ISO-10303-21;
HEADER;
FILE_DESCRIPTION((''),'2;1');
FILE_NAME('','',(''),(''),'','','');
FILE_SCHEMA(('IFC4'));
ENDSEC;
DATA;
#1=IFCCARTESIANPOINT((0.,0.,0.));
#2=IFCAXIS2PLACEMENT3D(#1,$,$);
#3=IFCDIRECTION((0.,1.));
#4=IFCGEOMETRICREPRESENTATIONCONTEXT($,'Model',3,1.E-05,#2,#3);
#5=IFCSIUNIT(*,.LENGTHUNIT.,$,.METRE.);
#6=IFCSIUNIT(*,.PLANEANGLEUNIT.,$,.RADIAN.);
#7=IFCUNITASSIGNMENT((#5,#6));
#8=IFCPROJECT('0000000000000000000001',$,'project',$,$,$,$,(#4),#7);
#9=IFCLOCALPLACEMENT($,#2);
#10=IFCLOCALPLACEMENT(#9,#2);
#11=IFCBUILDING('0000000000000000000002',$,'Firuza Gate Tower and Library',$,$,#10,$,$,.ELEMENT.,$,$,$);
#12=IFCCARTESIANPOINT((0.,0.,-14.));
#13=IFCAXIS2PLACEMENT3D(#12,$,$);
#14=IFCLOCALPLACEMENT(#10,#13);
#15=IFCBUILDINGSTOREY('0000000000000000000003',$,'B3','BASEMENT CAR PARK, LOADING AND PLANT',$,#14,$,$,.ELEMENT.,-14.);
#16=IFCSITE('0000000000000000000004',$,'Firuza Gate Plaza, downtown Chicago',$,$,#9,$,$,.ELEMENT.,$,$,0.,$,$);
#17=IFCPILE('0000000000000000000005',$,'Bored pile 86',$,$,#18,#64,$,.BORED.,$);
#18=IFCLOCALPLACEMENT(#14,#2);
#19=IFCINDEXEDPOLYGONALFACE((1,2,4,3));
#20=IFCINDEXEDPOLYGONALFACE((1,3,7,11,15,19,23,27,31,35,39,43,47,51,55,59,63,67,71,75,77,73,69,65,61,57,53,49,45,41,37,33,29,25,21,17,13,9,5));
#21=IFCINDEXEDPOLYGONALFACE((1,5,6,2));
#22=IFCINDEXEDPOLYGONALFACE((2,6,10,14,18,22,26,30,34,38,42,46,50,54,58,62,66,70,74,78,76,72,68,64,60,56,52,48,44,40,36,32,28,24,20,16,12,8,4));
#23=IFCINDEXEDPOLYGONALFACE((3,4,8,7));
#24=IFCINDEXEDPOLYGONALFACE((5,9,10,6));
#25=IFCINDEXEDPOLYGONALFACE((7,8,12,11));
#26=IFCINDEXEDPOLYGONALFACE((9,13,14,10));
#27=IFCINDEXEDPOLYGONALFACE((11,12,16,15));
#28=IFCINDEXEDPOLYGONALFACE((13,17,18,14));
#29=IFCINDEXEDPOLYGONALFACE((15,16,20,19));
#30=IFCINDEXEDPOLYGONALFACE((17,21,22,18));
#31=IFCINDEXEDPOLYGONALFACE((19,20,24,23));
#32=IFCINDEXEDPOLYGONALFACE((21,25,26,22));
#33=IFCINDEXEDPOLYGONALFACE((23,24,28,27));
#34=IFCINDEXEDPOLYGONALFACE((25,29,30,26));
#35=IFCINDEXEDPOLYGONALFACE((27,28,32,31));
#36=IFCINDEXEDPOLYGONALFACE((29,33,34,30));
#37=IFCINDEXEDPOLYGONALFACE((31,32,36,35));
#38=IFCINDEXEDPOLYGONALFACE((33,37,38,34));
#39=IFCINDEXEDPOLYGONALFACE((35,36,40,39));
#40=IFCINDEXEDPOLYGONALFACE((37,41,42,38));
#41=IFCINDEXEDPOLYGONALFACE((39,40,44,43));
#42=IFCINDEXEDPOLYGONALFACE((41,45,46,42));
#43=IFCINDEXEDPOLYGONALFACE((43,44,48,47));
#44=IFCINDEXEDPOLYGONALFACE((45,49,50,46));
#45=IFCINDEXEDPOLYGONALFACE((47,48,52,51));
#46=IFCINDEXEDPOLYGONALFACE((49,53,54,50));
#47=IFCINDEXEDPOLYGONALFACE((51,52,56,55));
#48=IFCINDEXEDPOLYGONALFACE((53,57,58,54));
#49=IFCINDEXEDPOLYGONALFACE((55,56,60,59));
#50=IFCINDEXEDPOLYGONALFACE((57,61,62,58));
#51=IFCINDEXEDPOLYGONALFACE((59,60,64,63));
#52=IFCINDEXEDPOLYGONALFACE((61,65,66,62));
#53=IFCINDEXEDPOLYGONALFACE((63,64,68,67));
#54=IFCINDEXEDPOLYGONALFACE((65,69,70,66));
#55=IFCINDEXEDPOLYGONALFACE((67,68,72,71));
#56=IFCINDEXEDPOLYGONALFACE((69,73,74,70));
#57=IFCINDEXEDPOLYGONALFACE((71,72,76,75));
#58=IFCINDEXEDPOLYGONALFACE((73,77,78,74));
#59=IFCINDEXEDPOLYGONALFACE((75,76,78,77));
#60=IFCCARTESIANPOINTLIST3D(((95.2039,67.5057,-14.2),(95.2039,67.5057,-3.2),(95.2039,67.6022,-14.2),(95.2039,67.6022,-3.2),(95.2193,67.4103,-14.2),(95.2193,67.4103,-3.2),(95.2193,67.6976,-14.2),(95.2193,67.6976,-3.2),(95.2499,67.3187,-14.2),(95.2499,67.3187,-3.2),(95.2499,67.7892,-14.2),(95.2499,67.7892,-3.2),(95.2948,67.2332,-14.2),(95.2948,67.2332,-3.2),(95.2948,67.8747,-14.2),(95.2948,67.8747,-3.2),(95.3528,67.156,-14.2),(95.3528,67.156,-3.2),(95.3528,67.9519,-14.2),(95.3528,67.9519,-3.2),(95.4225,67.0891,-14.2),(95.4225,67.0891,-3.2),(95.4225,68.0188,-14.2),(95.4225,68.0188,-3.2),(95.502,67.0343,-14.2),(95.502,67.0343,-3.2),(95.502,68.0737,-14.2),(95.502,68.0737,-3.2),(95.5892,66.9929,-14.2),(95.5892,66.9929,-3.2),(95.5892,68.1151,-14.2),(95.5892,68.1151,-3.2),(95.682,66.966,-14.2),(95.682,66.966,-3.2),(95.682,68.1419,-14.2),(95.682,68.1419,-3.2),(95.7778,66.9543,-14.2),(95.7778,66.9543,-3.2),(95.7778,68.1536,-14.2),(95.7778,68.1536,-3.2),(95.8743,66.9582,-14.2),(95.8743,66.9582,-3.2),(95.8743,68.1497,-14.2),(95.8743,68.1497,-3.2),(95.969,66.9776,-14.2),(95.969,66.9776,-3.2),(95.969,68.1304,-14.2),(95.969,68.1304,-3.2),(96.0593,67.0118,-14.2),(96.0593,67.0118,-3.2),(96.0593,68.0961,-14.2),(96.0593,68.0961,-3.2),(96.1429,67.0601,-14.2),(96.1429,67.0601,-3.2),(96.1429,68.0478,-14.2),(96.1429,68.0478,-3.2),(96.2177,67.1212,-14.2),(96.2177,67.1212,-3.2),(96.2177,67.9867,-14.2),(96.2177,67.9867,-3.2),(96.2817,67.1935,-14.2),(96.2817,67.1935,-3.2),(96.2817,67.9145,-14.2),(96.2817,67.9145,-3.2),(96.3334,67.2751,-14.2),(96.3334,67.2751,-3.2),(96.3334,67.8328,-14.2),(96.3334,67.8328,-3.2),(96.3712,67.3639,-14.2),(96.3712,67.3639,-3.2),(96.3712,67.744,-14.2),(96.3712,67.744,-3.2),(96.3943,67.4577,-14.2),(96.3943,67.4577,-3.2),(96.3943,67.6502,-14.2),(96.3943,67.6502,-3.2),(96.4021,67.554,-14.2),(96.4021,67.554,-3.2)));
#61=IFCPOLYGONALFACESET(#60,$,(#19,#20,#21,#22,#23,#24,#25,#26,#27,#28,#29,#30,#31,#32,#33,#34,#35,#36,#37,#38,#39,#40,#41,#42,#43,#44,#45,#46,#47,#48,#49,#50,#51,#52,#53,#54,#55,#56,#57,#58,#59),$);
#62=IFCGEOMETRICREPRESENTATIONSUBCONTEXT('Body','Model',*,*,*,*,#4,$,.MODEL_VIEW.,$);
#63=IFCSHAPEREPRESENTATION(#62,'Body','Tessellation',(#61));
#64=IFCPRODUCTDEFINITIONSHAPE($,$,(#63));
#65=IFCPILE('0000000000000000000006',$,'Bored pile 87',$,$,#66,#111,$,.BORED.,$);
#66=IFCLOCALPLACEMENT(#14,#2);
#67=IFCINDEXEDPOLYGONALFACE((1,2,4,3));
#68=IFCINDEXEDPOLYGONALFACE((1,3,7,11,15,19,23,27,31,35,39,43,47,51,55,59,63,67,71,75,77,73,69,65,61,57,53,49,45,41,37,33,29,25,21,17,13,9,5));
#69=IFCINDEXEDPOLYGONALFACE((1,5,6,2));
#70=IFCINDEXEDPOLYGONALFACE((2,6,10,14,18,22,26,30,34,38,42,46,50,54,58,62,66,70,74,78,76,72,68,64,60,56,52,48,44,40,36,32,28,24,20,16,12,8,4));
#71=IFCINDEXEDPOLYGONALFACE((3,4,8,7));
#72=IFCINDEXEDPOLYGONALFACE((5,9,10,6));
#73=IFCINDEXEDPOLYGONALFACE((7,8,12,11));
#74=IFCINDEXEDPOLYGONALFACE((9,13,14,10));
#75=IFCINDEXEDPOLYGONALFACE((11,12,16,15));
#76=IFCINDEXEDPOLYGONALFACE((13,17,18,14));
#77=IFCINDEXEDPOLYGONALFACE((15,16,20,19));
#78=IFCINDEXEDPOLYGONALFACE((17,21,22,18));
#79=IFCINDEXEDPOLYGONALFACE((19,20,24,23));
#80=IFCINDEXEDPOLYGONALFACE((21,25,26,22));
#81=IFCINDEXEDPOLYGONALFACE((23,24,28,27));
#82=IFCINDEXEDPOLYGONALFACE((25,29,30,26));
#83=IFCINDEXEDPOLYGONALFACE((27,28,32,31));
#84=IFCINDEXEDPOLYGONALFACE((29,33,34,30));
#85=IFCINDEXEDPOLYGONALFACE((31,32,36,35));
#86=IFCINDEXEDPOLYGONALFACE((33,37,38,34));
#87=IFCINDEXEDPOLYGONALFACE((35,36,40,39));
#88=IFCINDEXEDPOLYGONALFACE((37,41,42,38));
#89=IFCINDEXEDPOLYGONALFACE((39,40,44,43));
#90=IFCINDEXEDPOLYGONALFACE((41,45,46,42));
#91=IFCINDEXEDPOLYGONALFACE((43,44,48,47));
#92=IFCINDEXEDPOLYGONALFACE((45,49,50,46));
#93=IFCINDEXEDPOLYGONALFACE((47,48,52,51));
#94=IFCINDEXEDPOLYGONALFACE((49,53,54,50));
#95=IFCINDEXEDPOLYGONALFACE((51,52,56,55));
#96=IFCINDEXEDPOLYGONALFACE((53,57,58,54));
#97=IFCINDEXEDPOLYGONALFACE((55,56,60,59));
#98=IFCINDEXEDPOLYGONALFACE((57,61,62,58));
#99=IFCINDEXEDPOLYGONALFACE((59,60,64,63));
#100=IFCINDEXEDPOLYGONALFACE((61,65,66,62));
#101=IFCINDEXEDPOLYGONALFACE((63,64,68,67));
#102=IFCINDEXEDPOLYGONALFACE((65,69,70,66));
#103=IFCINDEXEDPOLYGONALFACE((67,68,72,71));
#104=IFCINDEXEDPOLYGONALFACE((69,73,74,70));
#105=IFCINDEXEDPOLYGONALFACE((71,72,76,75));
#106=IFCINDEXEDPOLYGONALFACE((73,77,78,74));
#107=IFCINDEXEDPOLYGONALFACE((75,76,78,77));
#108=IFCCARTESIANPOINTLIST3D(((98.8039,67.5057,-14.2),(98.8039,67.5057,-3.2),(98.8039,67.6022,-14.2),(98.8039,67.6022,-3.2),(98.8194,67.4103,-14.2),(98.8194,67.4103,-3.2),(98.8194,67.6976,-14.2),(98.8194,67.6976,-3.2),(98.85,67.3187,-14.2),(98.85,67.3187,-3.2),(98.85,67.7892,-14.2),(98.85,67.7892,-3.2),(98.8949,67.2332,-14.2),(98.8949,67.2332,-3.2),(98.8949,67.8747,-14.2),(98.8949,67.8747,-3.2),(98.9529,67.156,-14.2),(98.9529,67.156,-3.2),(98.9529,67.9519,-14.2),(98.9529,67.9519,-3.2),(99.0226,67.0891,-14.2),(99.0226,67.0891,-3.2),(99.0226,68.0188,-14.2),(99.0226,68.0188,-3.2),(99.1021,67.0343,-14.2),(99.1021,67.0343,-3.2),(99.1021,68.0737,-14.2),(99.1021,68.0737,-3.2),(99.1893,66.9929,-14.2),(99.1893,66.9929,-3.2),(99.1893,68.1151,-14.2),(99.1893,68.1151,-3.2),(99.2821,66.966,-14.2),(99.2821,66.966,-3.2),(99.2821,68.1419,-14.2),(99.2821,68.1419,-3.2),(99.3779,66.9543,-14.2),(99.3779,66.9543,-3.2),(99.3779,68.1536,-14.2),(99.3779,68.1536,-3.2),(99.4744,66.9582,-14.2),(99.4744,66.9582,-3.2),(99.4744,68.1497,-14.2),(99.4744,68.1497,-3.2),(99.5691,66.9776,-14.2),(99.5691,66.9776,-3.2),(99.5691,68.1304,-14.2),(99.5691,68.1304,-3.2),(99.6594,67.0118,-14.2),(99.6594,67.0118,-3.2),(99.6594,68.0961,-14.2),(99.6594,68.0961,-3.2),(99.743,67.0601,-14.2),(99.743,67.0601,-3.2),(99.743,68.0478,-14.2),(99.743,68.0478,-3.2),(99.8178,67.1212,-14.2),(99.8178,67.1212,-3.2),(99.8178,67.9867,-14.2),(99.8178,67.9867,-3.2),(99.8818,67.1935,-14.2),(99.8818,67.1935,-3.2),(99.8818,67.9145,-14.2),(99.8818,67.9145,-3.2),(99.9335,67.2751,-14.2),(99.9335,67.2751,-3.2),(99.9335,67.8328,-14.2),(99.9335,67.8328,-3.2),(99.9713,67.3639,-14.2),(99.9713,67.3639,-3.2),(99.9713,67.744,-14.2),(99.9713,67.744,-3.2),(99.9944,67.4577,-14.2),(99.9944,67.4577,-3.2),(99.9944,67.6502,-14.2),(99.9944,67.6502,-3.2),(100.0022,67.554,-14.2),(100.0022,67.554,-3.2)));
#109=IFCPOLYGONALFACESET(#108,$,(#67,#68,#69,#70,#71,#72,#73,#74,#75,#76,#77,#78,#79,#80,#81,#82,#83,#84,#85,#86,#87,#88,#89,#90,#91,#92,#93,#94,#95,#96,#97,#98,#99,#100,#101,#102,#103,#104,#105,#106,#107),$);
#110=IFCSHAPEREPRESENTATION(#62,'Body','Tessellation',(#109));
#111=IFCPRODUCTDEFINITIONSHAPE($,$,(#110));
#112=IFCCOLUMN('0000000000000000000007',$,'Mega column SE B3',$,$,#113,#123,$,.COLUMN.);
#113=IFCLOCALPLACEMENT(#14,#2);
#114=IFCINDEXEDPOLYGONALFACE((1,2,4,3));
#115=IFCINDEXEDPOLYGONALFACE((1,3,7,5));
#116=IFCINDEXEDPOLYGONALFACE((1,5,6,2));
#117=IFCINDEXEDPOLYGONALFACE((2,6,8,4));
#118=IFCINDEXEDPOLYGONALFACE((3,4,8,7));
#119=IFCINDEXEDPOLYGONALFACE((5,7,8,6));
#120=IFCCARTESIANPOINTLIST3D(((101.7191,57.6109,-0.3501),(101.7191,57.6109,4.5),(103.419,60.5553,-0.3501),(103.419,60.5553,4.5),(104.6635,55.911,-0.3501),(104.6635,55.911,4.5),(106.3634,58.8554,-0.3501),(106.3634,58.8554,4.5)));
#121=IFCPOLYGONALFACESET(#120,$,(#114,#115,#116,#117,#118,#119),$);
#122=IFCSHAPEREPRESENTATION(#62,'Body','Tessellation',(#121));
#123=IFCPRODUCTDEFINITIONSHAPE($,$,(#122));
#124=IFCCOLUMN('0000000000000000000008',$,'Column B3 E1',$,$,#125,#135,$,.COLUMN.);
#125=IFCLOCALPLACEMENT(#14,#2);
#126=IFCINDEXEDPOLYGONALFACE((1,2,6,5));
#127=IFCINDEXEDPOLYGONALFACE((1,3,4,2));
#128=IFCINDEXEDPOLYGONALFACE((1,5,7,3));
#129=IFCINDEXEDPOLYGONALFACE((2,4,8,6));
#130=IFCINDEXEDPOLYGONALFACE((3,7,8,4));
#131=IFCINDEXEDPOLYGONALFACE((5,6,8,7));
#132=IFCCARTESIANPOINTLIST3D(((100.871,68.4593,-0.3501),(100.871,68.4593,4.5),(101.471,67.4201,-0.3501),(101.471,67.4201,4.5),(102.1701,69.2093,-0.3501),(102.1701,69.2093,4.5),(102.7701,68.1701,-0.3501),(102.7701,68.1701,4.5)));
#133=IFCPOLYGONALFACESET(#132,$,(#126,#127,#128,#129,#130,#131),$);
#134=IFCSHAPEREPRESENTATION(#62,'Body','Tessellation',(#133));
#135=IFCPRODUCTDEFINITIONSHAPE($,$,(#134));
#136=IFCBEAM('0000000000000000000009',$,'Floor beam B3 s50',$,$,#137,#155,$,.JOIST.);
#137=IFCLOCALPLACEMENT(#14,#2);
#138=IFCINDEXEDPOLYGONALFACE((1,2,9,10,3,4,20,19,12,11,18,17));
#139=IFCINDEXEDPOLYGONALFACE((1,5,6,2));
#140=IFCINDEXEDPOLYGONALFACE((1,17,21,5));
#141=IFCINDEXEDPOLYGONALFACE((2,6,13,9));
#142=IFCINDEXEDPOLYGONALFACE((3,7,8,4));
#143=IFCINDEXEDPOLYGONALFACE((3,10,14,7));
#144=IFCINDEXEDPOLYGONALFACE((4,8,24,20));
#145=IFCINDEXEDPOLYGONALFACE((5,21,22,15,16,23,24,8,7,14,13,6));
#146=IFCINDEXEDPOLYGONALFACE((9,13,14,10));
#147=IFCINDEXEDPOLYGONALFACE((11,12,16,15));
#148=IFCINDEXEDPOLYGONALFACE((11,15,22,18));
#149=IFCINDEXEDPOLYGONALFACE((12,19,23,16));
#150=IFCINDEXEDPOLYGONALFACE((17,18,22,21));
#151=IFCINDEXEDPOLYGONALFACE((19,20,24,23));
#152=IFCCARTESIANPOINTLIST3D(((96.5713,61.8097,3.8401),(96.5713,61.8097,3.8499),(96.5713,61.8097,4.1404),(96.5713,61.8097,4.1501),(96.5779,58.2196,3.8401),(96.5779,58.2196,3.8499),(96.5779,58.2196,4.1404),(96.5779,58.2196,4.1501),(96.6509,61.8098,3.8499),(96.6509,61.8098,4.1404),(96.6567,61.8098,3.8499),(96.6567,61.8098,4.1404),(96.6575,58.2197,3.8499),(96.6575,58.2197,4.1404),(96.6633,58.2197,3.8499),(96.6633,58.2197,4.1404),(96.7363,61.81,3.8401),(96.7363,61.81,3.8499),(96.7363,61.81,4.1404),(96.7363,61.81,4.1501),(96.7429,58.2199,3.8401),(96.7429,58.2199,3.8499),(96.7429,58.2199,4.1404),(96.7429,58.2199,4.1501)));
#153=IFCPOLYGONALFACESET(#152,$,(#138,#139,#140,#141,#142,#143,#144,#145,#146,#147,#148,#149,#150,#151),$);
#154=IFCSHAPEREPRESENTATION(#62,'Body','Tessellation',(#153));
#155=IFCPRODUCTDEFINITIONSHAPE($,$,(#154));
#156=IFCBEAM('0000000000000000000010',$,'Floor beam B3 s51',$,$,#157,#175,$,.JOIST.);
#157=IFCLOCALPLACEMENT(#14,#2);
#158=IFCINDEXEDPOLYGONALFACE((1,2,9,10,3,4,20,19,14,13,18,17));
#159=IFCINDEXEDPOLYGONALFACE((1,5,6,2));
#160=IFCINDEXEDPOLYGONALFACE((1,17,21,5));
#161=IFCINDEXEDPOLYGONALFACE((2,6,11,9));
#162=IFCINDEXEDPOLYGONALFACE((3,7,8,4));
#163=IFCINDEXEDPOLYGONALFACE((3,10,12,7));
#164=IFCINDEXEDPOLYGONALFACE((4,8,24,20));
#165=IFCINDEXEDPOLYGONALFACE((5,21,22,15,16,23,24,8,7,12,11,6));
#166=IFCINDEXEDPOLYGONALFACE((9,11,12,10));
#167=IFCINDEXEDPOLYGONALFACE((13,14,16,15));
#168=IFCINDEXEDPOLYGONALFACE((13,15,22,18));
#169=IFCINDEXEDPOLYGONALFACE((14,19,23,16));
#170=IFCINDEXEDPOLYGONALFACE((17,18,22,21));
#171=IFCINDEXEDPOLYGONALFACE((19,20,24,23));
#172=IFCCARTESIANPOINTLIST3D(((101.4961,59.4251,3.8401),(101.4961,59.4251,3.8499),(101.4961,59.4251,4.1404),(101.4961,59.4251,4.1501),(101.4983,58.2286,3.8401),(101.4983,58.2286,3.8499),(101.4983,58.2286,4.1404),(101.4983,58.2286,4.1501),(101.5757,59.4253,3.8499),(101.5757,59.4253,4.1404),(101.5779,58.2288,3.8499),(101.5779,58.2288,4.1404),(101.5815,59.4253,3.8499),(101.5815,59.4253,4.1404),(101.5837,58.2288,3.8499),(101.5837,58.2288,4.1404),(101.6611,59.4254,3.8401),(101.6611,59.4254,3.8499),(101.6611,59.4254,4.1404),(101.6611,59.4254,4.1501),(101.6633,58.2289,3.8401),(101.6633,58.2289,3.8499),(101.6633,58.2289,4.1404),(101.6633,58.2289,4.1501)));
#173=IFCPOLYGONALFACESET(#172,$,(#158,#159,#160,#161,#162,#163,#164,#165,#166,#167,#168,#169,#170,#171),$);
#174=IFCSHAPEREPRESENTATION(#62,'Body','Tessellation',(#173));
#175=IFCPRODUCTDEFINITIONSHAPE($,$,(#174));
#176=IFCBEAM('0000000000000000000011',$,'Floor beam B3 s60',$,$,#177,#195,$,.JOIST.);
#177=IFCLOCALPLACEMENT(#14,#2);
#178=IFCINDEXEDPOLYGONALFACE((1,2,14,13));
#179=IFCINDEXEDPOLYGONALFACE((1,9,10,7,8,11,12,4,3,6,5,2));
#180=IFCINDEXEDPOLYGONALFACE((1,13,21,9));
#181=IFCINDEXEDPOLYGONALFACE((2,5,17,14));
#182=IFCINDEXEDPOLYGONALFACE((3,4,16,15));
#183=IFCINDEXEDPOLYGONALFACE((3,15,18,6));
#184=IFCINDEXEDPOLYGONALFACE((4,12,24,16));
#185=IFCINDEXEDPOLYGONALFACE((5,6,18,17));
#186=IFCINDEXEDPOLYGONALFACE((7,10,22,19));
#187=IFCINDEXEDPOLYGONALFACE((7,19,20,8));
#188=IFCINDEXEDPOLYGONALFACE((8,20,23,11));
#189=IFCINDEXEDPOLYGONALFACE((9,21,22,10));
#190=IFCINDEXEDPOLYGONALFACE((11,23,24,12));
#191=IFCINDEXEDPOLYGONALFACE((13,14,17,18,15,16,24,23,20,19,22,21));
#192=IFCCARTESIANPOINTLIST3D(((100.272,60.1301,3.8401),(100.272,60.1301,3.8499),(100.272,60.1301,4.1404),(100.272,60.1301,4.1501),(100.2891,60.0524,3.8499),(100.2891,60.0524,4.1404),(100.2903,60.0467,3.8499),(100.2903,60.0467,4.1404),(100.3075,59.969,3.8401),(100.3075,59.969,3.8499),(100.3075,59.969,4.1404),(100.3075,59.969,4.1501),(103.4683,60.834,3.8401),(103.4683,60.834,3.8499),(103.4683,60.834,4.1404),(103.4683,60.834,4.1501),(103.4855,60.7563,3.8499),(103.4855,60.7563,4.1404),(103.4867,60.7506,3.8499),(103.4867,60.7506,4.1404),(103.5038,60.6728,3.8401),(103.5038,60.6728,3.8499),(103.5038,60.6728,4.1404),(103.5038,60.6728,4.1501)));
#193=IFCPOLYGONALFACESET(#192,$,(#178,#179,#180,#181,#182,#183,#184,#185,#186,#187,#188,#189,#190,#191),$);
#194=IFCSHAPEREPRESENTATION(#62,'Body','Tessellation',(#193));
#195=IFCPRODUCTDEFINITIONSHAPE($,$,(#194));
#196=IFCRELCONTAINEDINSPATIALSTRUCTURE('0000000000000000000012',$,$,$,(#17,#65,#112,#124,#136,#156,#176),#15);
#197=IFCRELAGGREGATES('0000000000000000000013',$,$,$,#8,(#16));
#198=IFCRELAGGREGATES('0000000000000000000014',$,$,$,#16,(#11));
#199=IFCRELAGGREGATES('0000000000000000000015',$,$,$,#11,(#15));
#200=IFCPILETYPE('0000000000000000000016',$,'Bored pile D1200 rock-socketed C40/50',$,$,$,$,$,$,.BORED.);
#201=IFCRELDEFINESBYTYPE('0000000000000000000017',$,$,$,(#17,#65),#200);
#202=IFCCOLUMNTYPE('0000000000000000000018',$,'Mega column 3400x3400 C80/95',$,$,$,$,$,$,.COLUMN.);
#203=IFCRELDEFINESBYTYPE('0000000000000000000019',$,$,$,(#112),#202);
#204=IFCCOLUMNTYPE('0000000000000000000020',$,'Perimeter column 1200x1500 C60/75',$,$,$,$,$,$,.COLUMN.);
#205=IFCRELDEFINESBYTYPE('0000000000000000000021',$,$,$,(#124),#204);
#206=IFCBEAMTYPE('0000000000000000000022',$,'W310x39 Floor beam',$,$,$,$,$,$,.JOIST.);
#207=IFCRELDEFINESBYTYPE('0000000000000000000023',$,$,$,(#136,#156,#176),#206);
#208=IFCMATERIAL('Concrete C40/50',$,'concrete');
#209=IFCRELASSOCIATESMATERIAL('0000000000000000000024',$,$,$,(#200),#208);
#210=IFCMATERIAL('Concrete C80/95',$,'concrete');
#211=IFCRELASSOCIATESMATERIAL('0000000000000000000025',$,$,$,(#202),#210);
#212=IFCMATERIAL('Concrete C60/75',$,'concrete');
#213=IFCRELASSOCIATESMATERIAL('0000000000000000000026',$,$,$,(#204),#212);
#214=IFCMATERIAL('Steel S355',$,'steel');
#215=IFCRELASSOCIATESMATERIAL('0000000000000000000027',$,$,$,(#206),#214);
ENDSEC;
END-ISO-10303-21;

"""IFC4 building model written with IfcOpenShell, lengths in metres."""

from ifc_helpers import new_model, si_unit, direction, frame, origin, origin_2d, place, context, subcontext, project, spatial, rectangle, circle, i_section, extrude, material, material_profile, profile_set, type_object, element, save


model = new_model("IFC4")

# Units and contexts
model_context = context("Model", 3, precision=1e-05, world=origin(), true_north=direction((0.0, 1.0)))
body_context = subcontext(model_context, "Body", "Model", "MODEL_VIEW")
ifc_project = project(units=[si_unit("LENGTHUNIT", "METRE"), si_unit("PLANEANGLEUNIT", "RADIAN")], contexts=[model_context])

# Site, building, storey
site_placement = place(None, origin())
site = spatial("IfcSite", under=ifc_project, at=site_placement, Name="Firuza Gate Plaza, downtown Chicago", CompositionType="ELEMENT", RefElevation=0.0)
building_placement = place(site_placement, origin())
building = spatial("IfcBuilding", under=site, at=building_placement, Name="Firuza Gate Tower and Library", CompositionType="ELEMENT")
storey_placement = place(building_placement, frame((0.0, 0.0, -14.0)))
storey = spatial("IfcBuildingStorey", under=building, at=storey_placement, Name="B3", Description="BASEMENT CAR PARK, LOADING AND PLANT", CompositionType="ELEMENT", Elevation=-14.0)

# Piles
ifc_material_1 = material(Name="Concrete C40/50", Category="concrete")
ifc_material_profile_1 = material_profile(ifc_material_1, circle(Radius=0.6001, at=origin_2d()))
ifc_profile_set_1 = profile_set([ifc_material_profile_1], Name="Concrete C40/50")
pile_type = type_object("IfcPileType", Name="Bored pile D1200 rock-socketed C40/50", PredefinedType="BORED", material=ifc_profile_set_1)
for number, where, z_axis, x_axis, name in (
    (1, (95.802, 67.554, -3.2), (0.0, 0.0, -1.0), (1.0, 0.0, 0.0), "Bored pile 86"),
    (2, (99.4021, 67.554, -3.2), (0.0, 0.0, -1.0), (1.0, 0.0, 0.0), "Bored pile 87"),
):
    element("IfcPile", number, at=place(storey_placement, frame(where, z_axis=z_axis, x_axis=x_axis)), inside=storey, type_object=pile_type, Name=name, PredefinedType="BORED", context=body_context, shape_type="SweptSolid", body=[
        extrude(circle(Radius=0.6001, at=origin_2d()), origin(), (0.0, 0.0, 1.0), 11.0),
    ])

# Columns
ifc_material_2 = material(Name="Concrete C80/95", Category="concrete")
ifc_material_profile_2 = material_profile(ifc_material_2, rectangle(XDim=3.3999, YDim=3.3999, at=origin_2d()))
ifc_profile_set_2 = profile_set([ifc_material_profile_2], Name="Concrete C80/95")
column_type_1 = type_object("IfcColumnType", Name="Mega column 3400x3400 C80/95", PredefinedType="COLUMN", material=ifc_profile_set_2)
column_1_placement = place(storey_placement, frame((104.0413, 58.2332, -0.3501), z_axis=(0.0, 0.0, 1.0), x_axis=(0.5, 0.866025, 0.0)))
element("IfcColumn", 3, at=column_1_placement, inside=storey, type_object=column_type_1, Name="Mega column SE B3", PredefinedType="COLUMN", context=body_context, shape_type="SweptSolid", body=[
    extrude(rectangle(XDim=3.3999, YDim=3.3999, at=origin_2d()), origin(), (0.0, 0.0, 1.0), 4.8501),
])
ifc_material_3 = material(Name="Concrete C60/75", Category="concrete")
ifc_material_profile_3 = material_profile(ifc_material_3, rectangle(XDim=1.2, YDim=1.5, at=origin_2d()))
ifc_profile_set_3 = profile_set([ifc_material_profile_3], Name="Concrete C60/75")
column_type_2 = type_object("IfcColumnType", Name="Perimeter column 1200x1500 C60/75", PredefinedType="COLUMN", material=ifc_profile_set_3)
column_2_placement = place(storey_placement, frame((101.8206, 68.3147, -0.3501), z_axis=(0.0, 0.0, 1.0), x_axis=(-0.5, 0.866025, 0.0)))
element("IfcColumn", 4, at=column_2_placement, inside=storey, type_object=column_type_2, Name="Column B3 E1", PredefinedType="COLUMN", context=body_context, shape_type="SweptSolid", body=[
    extrude(rectangle(XDim=1.2, YDim=1.5, at=origin_2d()), origin(), (0.0, 0.0, 1.0), 4.8501),
])

# Beams
ifc_material_4 = material(Name="Steel S355", Category="steel")
ifc_material_profile_4 = material_profile(ifc_material_4, i_section(OverallWidth=0.165, OverallDepth=0.3101, WebThickness=0.0059, FlangeThickness=0.0098, at=origin_2d()))
ifc_profile_set_4 = profile_set([ifc_material_profile_4], Name="Steel S355")
beam_type_1 = type_object("IfcBeamType", Name="W310x39 Floor beam", PredefinedType="JOIST", material=ifc_profile_set_4)
beam_1_placement = place(storey_placement, frame((96.6604, 58.2197, 3.9951), z_axis=(-0.001836, 0.999998, 0.0), x_axis=(-0.999998, -0.001836, 0.0)))
element("IfcBeam", 5, at=beam_1_placement, inside=storey, type_object=beam_type_1, Name="Floor beam B3 s50", PredefinedType="JOIST", context=body_context, shape_type="SweptSolid", body=[
    extrude(i_section(OverallWidth=0.165, OverallDepth=0.3101, WebThickness=0.0059, FlangeThickness=0.0098, at=origin_2d()), origin(), (0.0, 0.0, 1.0), 3.5901),
])
beam_2_placement = place(storey_placement, frame((101.5808, 58.2288, 3.9951), z_axis=(-0.001836, 0.999998, 0.0), x_axis=(-0.999998, -0.001836, 0.0)))
element("IfcBeam", 6, at=beam_2_placement, inside=storey, type_object=beam_type_1, Name="Floor beam B3 s51", PredefinedType="JOIST", context=body_context, shape_type="SweptSolid", body=[
    extrude(i_section(OverallWidth=0.165, OverallDepth=0.3101, WebThickness=0.0059, FlangeThickness=0.0098, at=origin_2d()), origin(), (0.0, 0.0, 1.0), 1.1965),
])
beam_3_placement = place(storey_placement, frame((103.4861, 60.7534, 3.9951), z_axis=(-0.976601, -0.215058, 0.0), x_axis=(0.215058, -0.976601, 0.0)))
element("IfcBeam", 7, at=beam_3_placement, inside=storey, type_object=beam_type_1, Name="Floor beam B3 s60", PredefinedType="JOIST", context=body_context, shape_type="SweptSolid", body=[
    extrude(i_section(OverallWidth=0.165, OverallDepth=0.3101, WebThickness=0.0059, FlangeThickness=0.0098, at=origin_2d()), origin(), (0.0, 0.0, 1.0), 3.2729),
])

save(model, "model.ifc")
